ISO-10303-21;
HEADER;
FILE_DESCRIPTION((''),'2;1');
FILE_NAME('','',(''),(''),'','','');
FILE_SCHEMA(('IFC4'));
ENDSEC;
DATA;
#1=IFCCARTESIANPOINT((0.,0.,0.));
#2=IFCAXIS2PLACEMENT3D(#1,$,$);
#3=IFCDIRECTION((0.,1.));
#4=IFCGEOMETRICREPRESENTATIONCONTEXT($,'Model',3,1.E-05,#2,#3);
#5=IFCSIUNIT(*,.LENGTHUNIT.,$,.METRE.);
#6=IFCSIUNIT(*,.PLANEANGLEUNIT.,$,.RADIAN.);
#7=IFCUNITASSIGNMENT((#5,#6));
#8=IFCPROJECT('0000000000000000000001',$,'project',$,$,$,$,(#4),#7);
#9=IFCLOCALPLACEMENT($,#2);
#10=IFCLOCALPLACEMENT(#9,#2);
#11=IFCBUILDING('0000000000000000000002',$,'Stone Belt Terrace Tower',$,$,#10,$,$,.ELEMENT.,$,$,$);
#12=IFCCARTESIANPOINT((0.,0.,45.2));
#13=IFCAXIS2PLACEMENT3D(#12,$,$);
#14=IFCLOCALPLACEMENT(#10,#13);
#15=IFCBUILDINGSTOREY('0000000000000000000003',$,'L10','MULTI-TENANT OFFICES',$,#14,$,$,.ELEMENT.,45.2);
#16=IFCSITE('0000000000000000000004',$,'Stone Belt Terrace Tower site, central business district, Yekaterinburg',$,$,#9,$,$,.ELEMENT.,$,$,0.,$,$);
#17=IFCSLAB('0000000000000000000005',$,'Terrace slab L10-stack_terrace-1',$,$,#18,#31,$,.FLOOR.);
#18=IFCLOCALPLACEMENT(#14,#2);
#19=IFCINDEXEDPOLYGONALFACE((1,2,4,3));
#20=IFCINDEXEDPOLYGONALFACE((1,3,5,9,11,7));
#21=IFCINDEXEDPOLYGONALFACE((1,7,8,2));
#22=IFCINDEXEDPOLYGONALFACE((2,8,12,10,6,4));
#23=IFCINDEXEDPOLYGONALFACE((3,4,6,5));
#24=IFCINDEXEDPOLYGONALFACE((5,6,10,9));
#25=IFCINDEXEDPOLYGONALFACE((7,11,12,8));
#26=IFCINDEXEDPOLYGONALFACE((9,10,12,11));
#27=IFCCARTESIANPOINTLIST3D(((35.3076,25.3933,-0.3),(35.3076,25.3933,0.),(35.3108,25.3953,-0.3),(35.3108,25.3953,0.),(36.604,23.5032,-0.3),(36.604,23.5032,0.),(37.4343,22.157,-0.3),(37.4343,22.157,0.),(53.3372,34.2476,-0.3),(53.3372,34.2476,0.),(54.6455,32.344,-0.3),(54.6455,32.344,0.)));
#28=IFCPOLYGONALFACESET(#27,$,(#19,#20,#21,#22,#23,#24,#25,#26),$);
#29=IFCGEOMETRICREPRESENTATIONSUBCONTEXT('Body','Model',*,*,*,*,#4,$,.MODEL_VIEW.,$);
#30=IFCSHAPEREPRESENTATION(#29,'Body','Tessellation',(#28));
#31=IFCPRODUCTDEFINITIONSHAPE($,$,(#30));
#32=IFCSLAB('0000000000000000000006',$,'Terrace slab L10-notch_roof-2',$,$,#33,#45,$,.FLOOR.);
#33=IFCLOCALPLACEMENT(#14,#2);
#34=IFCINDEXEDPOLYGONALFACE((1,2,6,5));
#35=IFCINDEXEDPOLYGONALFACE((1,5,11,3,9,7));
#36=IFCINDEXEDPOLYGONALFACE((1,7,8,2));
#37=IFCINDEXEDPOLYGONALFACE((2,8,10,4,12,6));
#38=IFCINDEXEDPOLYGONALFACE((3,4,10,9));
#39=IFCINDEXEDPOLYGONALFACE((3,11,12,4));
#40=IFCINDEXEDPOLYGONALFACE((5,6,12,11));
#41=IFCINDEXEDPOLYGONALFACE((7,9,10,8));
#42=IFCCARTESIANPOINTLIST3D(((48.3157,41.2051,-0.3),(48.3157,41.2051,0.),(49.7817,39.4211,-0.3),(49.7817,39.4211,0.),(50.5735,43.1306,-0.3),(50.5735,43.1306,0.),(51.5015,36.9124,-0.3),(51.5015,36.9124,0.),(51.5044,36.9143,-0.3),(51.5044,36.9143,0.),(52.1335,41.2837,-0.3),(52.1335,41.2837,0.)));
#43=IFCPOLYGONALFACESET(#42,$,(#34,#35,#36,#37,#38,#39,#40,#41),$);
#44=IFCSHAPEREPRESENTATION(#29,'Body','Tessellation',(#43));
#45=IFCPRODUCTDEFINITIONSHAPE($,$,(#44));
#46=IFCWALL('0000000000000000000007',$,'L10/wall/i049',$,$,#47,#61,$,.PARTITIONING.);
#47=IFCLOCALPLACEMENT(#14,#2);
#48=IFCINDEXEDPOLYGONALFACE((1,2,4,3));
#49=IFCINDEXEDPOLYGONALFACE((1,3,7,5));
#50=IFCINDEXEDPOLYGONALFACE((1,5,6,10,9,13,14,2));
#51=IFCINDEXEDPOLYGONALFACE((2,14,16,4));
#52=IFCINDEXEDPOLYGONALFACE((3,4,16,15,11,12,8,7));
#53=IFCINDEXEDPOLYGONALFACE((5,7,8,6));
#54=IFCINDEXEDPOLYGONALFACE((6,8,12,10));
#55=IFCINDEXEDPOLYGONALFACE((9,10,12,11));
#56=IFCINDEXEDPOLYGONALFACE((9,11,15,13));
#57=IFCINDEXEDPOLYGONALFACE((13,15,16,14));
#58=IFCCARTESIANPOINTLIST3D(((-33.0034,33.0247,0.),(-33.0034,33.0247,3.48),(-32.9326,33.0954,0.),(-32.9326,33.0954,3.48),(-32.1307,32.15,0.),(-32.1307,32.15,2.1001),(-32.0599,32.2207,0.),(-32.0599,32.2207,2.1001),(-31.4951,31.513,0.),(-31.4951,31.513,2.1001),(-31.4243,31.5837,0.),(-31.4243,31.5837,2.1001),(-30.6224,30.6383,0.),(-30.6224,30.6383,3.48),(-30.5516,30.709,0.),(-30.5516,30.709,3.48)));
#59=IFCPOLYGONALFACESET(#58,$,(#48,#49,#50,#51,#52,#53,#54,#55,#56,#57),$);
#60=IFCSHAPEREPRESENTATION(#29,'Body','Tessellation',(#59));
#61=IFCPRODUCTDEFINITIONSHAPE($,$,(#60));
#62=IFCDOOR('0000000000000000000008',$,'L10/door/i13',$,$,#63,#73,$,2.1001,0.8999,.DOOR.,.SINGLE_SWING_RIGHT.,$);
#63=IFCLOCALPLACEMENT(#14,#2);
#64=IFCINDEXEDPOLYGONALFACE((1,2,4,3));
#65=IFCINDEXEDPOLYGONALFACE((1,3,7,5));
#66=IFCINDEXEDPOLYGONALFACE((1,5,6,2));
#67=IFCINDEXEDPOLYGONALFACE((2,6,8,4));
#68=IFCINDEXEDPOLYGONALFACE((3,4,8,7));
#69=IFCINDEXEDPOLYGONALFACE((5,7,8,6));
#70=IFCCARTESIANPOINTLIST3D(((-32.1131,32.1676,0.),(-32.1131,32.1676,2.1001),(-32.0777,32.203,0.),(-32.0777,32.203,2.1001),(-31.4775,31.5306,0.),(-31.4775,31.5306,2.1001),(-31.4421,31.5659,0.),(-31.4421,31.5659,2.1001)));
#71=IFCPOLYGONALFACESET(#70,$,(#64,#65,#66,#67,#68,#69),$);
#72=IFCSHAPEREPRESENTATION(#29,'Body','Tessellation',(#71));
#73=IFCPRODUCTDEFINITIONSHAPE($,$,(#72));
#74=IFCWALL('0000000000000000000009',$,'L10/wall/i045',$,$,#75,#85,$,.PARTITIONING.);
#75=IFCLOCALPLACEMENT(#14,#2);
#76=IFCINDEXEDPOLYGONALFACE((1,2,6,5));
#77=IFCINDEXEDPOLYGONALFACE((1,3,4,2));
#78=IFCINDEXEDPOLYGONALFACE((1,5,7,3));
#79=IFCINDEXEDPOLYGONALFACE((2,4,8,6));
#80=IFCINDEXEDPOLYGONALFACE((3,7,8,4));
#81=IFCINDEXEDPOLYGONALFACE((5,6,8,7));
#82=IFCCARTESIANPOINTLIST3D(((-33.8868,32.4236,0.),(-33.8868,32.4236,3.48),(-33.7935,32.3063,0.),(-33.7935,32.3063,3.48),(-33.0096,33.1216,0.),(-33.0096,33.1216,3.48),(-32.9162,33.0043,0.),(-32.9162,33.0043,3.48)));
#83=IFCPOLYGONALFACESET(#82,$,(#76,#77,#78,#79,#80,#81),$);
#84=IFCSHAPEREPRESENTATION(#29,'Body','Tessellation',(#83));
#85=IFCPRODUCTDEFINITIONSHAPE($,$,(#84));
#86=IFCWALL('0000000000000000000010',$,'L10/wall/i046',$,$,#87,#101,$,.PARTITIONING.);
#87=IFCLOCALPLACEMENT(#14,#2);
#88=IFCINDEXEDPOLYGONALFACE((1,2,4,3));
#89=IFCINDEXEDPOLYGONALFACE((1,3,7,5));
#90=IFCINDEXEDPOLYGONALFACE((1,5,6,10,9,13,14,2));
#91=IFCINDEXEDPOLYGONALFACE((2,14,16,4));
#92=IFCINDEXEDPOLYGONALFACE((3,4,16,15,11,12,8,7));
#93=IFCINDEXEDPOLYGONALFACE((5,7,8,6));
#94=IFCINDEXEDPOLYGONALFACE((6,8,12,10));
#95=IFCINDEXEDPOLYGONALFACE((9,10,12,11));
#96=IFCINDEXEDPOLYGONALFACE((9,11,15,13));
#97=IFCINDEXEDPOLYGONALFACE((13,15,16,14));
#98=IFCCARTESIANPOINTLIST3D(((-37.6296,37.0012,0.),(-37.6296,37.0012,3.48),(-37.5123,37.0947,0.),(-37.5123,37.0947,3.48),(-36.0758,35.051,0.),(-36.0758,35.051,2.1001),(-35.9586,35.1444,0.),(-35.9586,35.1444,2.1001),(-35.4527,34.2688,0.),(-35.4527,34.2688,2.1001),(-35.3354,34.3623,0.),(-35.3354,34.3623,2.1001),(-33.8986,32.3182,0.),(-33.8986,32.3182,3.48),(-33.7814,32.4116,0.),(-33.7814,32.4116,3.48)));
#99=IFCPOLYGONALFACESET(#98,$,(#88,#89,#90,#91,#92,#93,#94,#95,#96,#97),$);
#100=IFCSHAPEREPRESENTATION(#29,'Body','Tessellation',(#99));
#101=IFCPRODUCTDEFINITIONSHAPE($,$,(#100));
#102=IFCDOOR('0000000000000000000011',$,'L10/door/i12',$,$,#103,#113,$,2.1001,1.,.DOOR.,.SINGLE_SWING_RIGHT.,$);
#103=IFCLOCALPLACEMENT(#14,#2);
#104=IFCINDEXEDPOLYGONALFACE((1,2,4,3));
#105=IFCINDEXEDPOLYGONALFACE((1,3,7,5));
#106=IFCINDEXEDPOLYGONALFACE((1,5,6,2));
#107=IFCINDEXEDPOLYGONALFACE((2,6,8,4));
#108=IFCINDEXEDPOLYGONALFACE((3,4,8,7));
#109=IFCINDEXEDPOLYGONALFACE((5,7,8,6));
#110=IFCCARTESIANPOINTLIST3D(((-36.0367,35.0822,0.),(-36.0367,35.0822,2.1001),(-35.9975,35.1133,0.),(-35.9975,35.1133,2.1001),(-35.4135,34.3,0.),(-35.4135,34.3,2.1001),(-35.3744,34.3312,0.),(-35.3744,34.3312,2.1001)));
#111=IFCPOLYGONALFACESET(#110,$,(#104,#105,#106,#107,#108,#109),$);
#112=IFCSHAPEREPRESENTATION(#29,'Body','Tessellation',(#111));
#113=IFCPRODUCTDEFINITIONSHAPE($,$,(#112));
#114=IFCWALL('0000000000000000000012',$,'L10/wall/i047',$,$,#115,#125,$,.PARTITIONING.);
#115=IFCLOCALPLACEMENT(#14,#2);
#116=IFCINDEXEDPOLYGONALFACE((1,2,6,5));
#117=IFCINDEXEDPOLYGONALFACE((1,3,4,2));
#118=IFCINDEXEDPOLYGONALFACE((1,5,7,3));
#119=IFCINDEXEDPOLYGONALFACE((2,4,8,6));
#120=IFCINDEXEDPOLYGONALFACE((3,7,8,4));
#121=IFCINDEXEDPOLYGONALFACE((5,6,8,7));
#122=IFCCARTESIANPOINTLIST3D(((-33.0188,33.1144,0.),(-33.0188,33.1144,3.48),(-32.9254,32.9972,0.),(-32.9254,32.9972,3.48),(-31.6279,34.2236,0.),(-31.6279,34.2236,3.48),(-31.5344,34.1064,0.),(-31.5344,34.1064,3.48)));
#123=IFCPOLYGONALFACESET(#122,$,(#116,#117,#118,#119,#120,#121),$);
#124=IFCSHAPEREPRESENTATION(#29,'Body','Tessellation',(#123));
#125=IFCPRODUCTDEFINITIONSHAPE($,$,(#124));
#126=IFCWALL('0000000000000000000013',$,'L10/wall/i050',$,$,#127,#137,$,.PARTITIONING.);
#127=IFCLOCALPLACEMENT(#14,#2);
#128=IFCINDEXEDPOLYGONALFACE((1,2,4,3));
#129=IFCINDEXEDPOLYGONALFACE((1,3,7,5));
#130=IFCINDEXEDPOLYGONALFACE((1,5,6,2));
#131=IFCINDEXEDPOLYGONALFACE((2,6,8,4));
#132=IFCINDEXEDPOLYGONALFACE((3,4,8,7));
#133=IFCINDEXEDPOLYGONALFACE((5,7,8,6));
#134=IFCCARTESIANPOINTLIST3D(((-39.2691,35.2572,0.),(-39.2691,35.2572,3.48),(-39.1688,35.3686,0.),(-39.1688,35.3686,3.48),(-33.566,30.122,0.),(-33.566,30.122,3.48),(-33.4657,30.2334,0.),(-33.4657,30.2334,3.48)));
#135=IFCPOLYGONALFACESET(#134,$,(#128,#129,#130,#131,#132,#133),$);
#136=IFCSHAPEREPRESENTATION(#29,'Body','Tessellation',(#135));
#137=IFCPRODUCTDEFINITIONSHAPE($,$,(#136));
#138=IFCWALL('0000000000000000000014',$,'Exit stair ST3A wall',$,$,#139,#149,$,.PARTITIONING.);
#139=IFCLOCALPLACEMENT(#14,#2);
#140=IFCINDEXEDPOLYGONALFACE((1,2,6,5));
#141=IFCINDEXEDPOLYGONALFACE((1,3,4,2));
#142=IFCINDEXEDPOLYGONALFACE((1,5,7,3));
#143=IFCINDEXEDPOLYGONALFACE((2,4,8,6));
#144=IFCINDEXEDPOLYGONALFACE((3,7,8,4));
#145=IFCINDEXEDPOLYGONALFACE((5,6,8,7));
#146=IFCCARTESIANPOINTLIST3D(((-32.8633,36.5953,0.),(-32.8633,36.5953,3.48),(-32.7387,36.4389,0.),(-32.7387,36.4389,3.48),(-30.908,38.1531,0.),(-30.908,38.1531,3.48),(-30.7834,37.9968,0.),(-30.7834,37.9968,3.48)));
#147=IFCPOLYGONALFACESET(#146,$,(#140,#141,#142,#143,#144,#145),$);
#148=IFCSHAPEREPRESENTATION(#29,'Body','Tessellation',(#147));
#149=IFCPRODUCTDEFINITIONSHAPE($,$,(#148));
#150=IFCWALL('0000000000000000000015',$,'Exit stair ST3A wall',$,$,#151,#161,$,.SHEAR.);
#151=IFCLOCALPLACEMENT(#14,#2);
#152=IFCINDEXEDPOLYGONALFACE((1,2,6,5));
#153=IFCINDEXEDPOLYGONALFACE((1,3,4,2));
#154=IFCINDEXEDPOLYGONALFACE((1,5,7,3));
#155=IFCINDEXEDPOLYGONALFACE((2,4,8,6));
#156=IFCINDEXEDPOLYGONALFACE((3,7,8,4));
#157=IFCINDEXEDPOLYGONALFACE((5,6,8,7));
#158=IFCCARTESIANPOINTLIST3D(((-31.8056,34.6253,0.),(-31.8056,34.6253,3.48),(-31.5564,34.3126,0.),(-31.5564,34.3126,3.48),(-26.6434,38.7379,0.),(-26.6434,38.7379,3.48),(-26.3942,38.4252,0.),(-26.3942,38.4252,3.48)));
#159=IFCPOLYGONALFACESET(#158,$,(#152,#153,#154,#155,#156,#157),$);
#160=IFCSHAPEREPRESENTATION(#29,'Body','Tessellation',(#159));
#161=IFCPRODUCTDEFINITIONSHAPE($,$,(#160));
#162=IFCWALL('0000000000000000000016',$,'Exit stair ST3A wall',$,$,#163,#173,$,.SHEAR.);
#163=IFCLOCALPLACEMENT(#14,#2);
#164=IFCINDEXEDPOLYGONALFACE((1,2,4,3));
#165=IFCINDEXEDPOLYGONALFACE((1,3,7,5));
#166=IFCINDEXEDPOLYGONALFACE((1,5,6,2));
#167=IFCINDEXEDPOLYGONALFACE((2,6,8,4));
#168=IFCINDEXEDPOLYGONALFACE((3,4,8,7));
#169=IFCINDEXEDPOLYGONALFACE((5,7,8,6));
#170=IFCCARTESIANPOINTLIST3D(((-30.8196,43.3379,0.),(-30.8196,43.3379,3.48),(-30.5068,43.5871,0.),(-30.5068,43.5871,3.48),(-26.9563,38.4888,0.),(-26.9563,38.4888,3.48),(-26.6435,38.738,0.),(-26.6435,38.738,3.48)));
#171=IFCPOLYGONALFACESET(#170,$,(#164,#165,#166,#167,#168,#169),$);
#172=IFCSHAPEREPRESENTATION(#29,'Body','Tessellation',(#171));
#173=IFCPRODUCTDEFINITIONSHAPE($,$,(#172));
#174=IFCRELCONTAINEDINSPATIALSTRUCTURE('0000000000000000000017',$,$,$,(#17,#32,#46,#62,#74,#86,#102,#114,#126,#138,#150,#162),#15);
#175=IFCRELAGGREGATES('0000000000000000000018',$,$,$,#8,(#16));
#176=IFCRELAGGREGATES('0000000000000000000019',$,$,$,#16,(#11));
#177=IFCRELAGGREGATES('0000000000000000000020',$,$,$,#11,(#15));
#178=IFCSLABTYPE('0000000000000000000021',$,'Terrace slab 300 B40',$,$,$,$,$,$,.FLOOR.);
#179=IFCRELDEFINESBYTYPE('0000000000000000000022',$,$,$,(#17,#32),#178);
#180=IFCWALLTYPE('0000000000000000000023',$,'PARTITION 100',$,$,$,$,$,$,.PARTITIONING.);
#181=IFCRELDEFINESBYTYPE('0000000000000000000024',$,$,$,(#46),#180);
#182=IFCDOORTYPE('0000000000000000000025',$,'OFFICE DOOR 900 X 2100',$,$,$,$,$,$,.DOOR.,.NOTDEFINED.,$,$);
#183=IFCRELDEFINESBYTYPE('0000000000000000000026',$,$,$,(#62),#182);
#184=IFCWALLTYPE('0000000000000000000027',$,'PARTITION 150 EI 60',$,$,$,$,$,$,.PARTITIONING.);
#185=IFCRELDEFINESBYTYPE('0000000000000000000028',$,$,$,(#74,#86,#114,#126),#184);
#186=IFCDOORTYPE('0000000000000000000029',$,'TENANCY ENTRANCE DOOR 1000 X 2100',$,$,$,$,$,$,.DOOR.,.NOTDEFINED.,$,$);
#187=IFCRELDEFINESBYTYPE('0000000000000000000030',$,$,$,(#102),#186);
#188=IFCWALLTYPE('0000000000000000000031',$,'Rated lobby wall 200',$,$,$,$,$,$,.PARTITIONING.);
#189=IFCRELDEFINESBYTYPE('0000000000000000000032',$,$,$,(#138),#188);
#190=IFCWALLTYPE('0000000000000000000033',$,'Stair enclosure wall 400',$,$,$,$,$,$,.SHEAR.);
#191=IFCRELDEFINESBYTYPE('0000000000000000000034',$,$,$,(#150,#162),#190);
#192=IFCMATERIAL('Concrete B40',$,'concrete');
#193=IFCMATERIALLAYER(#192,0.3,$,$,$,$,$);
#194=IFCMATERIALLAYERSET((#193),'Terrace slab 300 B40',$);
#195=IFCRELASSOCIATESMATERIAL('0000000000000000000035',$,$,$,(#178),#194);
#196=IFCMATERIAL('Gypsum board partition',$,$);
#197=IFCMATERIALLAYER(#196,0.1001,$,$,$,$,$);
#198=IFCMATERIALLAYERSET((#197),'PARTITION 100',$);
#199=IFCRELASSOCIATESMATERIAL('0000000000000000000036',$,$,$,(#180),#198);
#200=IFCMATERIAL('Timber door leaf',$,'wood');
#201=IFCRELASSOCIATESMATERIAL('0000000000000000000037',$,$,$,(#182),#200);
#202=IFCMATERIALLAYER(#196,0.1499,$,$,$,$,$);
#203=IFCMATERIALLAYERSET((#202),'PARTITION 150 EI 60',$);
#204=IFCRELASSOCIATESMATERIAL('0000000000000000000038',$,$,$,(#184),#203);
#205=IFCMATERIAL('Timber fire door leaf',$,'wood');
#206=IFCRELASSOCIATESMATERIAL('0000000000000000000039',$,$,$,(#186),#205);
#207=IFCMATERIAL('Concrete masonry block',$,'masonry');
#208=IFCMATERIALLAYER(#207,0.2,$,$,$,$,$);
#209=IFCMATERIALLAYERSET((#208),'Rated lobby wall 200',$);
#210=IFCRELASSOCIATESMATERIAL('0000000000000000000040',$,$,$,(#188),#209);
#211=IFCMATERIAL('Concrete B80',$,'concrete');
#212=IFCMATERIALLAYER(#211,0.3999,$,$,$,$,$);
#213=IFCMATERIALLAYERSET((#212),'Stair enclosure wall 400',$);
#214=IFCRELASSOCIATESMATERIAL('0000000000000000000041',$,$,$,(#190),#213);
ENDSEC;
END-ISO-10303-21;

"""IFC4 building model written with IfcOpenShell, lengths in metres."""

from ifc_helpers import new_model, si_unit, direction, frame, frame_2d, origin, place, context, subcontext, project, spatial, polyline, rectangle, outline, extrude, material, layer, layer_set, type_object, element, fill, save


model = new_model("IFC4")

# Units and contexts
model_context = context("Model", 3, precision=1e-05, world=origin(), true_north=direction((0.0, 1.0)))
body_context = subcontext(model_context, "Body", "Model", "MODEL_VIEW")
ifc_project = project(units=[si_unit("LENGTHUNIT", "METRE"), si_unit("PLANEANGLEUNIT", "RADIAN")], contexts=[model_context])

# Site, building, storey
site_placement = place(None, origin())
site = spatial("IfcSite", under=ifc_project, at=site_placement, Name="Stone Belt Terrace Tower site, central business district, Yekaterinburg", CompositionType="ELEMENT", RefElevation=0.0)
building_placement = place(site_placement, origin())
building = spatial("IfcBuilding", under=site, at=building_placement, Name="Stone Belt Terrace Tower", CompositionType="ELEMENT")
storey_placement = place(building_placement, frame((0.0, 0.0, 45.2)))
storey = spatial("IfcBuildingStorey", under=building, at=storey_placement, Name="L10", Description="MULTI-TENANT OFFICES", CompositionType="ELEMENT", Elevation=45.2)

# Shared definitions
ifc_material_1 = material(Name="Concrete B80", Category="concrete")

# Shared definitions
ifc_material_2 = material(Name="Concrete B40", Category="concrete")

# Slabs
ifc_layer_1 = layer(ifc_material_2, 0.3)
ifc_layer_set_1 = layer_set([ifc_layer_1], Name="Terrace slab 300 B40")
slab_type_1 = type_object("IfcSlabType", Name="Terrace slab 300 B40", PredefinedType="FLOOR", material=ifc_layer_set_1)
slab_1_placement = place(storey_placement, frame((0.0, 0.0, -0.3)))
element("IfcSlab", 1, at=slab_1_placement, inside=storey, type_object=slab_type_1, Name="Terrace slab L10-stack_terrace-1", PredefinedType="FLOOR", context=body_context, shape_type="SweptSolid", body=[
    extrude(outline(polyline([(37.4343, 22.157), (54.6455, 32.344), (53.3372, 34.2476), (36.604, 23.5032), (35.3108, 25.3953), (35.3076, 25.3933), (37.4343, 22.157)])), origin(), (0.0, 0.0, 1.0), 0.3),
])
slab_2_placement = place(storey_placement, frame((0.0, 0.0, -0.3)))
element("IfcSlab", 2, at=slab_2_placement, inside=storey, type_object=slab_type_1, Name="Terrace slab L10-notch_roof-2", PredefinedType="FLOOR", context=body_context, shape_type="SweptSolid", body=[
    extrude(outline(polyline([(49.7817, 39.4211), (52.1335, 41.2837), (50.5735, 43.1306), (48.3157, 41.2051), (51.5015, 36.9124), (51.5044, 36.9143), (49.7817, 39.4211)])), origin(), (0.0, 0.0, 1.0), 0.3),
])

# Wall, opening, door
ifc_material_3 = material(Name="Gypsum board partition")
ifc_layer_2 = layer(ifc_material_3, 0.1001)
ifc_layer_set_2 = layer_set([ifc_layer_2], Name="PARTITION 100")
wall_type_1 = type_object("IfcWallType", Name="PARTITION 100", PredefinedType="PARTITIONING", material=ifc_layer_set_2)
wall_1_placement = place(storey_placement, frame((-32.968, 33.0601, 0.0), z_axis=(0.0, 0.0, 1.0), x_axis=(0.70631, -0.707903, 0.0)))
wall_1 = element("IfcWall", 3, at=wall_1_placement, inside=storey, type_object=wall_type_1, Name="L10/wall/i049", PredefinedType="PARTITIONING", context=body_context, shape_type="SweptSolid", body=[
    extrude(rectangle(XDim=3.3711, YDim=0.1001, at=frame_2d((1.6855, 0.0))), origin(), (0.0, 0.0, 1.0), 3.48),
])
opening_1_placement = place(wall_1_placement, frame((1.2356, 0.0, 0.0)))
opening_1 = element("IfcOpeningElement", 4, at=opening_1_placement, cuts=wall_1, PredefinedType="OPENING", context=body_context, shape_type="SweptSolid", body=[
    extrude(rectangle(XDim=0.8999, YDim=2.1001, at=frame_2d((0.45, 1.05))), frame((0.0, 0.0601, 0.0), z_axis=(0.0, -1.0, 0.0), x_axis=(1.0, 0.0, 0.0)), (0.0, 0.0, 1.0), 0.1201),
])
ifc_material_4 = material(Name="Timber door leaf", Category="wood")
door_type_1 = type_object("IfcDoorType", Name="OFFICE DOOR 900 X 2100", OperationType="NOTDEFINED", PredefinedType="DOOR", material=ifc_material_4)
door_1_placement = place(opening_1_placement, origin())
door_1 = element("IfcDoor", 5, at=door_1_placement, inside=storey, type_object=door_type_1, Name="L10/door/i13", OperationType="SINGLE_SWING_RIGHT", OverallHeight=2.1001, OverallWidth=0.8999, PredefinedType="DOOR", context=body_context, shape_type="SweptSolid", body=[
    extrude(rectangle(XDim=0.8999, YDim=2.1001, at=frame_2d((0.45, 1.05))), frame((0.0, 0.0249, 0.0), z_axis=(0.0, -1.0, 0.0), x_axis=(1.0, 0.0, 0.0)), (0.0, 0.0, 1.0), 0.05),
])
fill(opening_1, door_1)

# Wall
ifc_layer_3 = layer(ifc_material_3, 0.1499)
ifc_layer_set_3 = layer_set([ifc_layer_3], Name="PARTITION 150 EI 60")
wall_type_2 = type_object("IfcWallType", Name="PARTITION 150 EI 60", PredefinedType="PARTITIONING", material=ifc_layer_set_3)
wall_2_placement = place(storey_placement, frame((-32.9629, 33.063, 0.0), z_axis=(0.0, 0.0, 1.0), x_axis=(-0.782502, -0.622648, 0.0)))
element("IfcWall", 6, at=wall_2_placement, inside=storey, type_object=wall_type_2, Name="L10/wall/i045", PredefinedType="PARTITIONING", context=body_context, shape_type="SweptSolid", body=[
    extrude(rectangle(XDim=1.1211, YDim=0.1499, at=frame_2d((0.5605, 0.0))), origin(), (0.0, 0.0, 1.0), 3.48),
])

# Wall, opening, door
wall_3_placement = place(storey_placement, frame((-33.8401, 32.365, 0.0), z_axis=(0.0, 0.0, 1.0), x_axis=(-0.623113, 0.782132, 0.0)))
wall_3 = element("IfcWall", 7, at=wall_3_placement, inside=storey, type_object=wall_type_2, Name="L10/wall/i046", PredefinedType="PARTITIONING", context=body_context, shape_type="SweptSolid", body=[
    extrude(rectangle(XDim=5.9875, YDim=0.1499, at=frame_2d((2.9937, 0.0))), origin(), (0.0, 0.0, 1.0), 3.48),
])
opening_2_placement = place(wall_3_placement, frame((2.4939, 0.0, 0.0)))
opening_2 = element("IfcOpeningElement", 8, at=opening_2_placement, cuts=wall_3, PredefinedType="OPENING", context=body_context, shape_type="SweptSolid", body=[
    extrude(rectangle(XDim=1.0, YDim=2.1001, at=frame_2d((0.5, 1.05))), frame((0.0, 0.085, 0.0), z_axis=(0.0, -1.0, 0.0), x_axis=(1.0, 0.0, 0.0)), (0.0, 0.0, 1.0), 0.1699),
])
ifc_material_5 = material(Name="Timber fire door leaf", Category="wood")
door_type_2 = type_object("IfcDoorType", Name="TENANCY ENTRANCE DOOR 1000 X 2100", OperationType="NOTDEFINED", PredefinedType="DOOR", material=ifc_material_5)
door_2_placement = place(opening_2_placement, origin())
door_2 = element("IfcDoor", 9, at=door_2_placement, inside=storey, type_object=door_type_2, Name="L10/door/i12", OperationType="SINGLE_SWING_RIGHT", OverallHeight=2.1001, OverallWidth=1.0, PredefinedType="DOOR", context=body_context, shape_type="SweptSolid", body=[
    extrude(rectangle(XDim=1.0, YDim=2.1001, at=frame_2d((0.5, 1.05))), frame((0.0, 0.0249, 0.0), z_axis=(0.0, -1.0, 0.0), x_axis=(1.0, 0.0, 0.0)), (0.0, 0.0, 1.0), 0.05),
])
fill(opening_2, door_2)

# Walls
wall_4_placement = place(storey_placement, frame((-31.5811, 34.165, 0.0), z_axis=(0.0, 0.0, 1.0), x_axis=(-0.781845, -0.623473, 0.0)))
element("IfcWall", 10, at=wall_4_placement, inside=storey, type_object=wall_type_2, Name="L10/wall/i047", PredefinedType="PARTITIONING", context=body_context, shape_type="SweptSolid", body=[
    extrude(rectangle(XDim=1.7791, YDim=0.1499, at=frame_2d((0.8896, 0.0))), origin(), (0.0, 0.0, 1.0), 3.48),
])
wall_5_placement = place(storey_placement, frame((-33.5159, 30.1777, 0.0), z_axis=(0.0, 0.0, 1.0), x_axis=(-0.743136, 0.66914, 0.0)))
element("IfcWall", 11, at=wall_5_placement, inside=storey, type_object=wall_type_2, Name="L10/wall/i050", PredefinedType="PARTITIONING", context=body_context, shape_type="SweptSolid", body=[
    extrude(rectangle(XDim=7.6743, YDim=0.1499, at=frame_2d((3.8372, 0.0))), origin(), (0.0, 0.0, 1.0), 3.48),
])
ifc_material_6 = material(Name="Concrete masonry block", Category="masonry")
ifc_layer_4 = layer(ifc_material_6, 0.2)
ifc_layer_set_4 = layer_set([ifc_layer_4], Name="Rated lobby wall 200")
wall_type_3 = type_object("IfcWallType", Name="Rated lobby wall 200", PredefinedType="PARTITIONING", material=ifc_layer_set_4)
wall_6_placement = place(storey_placement, frame((-30.8457, 38.075, 0.0), z_axis=(0.0, 0.0, 1.0), x_axis=(-0.782115, -0.623134, 0.0)))
element("IfcWall", 12, at=wall_6_placement, inside=storey, type_object=wall_type_3, Name="Exit stair ST3A wall", PredefinedType="PARTITIONING", context=body_context, shape_type="SweptSolid", body=[
    extrude(rectangle(XDim=2.5, YDim=0.2, at=frame_2d((1.25, 0.0))), origin(), (0.0, 0.0, 1.0), 3.48),
])
ifc_layer_5 = layer(ifc_material_1, 0.3999)
ifc_layer_set_5 = layer_set([ifc_layer_5], Name="Stair enclosure wall 400")
wall_type_4 = type_object("IfcWallType", Name="Stair enclosure wall 400", PredefinedType="SHEAR", material=ifc_layer_set_5)
wall_7_placement = place(storey_placement, frame((-26.5188, 38.5815, 0.0), z_axis=(0.0, 0.0, 1.0), x_axis=(-0.782134, -0.62311, 0.0)))
element("IfcWall", 13, at=wall_7_placement, inside=storey, type_object=wall_type_4, Name="Exit stair ST3A wall", PredefinedType="SHEAR", context=body_context, shape_type="SweptSolid", body=[
    extrude(rectangle(XDim=6.6001, YDim=0.3999, at=frame_2d((3.3, 0.0))), origin(), (0.0, 0.0, 1.0), 3.48),
])
wall_8_placement = place(storey_placement, frame((-26.7998, 38.6133, 0.0), z_axis=(0.0, 0.0, 1.0), x_axis=(-0.623119, 0.782127, 0.0)))
element("IfcWall", 14, at=wall_8_placement, inside=storey, type_object=wall_type_4, Name="Exit stair ST3A wall", PredefinedType="SHEAR", context=body_context, shape_type="SweptSolid", body=[
    extrude(rectangle(XDim=6.2, YDim=0.3999, at=frame_2d((3.1001, 0.0))), origin(), (0.0, 0.0, 1.0), 3.48),
])

save(model, "model.ifc")
